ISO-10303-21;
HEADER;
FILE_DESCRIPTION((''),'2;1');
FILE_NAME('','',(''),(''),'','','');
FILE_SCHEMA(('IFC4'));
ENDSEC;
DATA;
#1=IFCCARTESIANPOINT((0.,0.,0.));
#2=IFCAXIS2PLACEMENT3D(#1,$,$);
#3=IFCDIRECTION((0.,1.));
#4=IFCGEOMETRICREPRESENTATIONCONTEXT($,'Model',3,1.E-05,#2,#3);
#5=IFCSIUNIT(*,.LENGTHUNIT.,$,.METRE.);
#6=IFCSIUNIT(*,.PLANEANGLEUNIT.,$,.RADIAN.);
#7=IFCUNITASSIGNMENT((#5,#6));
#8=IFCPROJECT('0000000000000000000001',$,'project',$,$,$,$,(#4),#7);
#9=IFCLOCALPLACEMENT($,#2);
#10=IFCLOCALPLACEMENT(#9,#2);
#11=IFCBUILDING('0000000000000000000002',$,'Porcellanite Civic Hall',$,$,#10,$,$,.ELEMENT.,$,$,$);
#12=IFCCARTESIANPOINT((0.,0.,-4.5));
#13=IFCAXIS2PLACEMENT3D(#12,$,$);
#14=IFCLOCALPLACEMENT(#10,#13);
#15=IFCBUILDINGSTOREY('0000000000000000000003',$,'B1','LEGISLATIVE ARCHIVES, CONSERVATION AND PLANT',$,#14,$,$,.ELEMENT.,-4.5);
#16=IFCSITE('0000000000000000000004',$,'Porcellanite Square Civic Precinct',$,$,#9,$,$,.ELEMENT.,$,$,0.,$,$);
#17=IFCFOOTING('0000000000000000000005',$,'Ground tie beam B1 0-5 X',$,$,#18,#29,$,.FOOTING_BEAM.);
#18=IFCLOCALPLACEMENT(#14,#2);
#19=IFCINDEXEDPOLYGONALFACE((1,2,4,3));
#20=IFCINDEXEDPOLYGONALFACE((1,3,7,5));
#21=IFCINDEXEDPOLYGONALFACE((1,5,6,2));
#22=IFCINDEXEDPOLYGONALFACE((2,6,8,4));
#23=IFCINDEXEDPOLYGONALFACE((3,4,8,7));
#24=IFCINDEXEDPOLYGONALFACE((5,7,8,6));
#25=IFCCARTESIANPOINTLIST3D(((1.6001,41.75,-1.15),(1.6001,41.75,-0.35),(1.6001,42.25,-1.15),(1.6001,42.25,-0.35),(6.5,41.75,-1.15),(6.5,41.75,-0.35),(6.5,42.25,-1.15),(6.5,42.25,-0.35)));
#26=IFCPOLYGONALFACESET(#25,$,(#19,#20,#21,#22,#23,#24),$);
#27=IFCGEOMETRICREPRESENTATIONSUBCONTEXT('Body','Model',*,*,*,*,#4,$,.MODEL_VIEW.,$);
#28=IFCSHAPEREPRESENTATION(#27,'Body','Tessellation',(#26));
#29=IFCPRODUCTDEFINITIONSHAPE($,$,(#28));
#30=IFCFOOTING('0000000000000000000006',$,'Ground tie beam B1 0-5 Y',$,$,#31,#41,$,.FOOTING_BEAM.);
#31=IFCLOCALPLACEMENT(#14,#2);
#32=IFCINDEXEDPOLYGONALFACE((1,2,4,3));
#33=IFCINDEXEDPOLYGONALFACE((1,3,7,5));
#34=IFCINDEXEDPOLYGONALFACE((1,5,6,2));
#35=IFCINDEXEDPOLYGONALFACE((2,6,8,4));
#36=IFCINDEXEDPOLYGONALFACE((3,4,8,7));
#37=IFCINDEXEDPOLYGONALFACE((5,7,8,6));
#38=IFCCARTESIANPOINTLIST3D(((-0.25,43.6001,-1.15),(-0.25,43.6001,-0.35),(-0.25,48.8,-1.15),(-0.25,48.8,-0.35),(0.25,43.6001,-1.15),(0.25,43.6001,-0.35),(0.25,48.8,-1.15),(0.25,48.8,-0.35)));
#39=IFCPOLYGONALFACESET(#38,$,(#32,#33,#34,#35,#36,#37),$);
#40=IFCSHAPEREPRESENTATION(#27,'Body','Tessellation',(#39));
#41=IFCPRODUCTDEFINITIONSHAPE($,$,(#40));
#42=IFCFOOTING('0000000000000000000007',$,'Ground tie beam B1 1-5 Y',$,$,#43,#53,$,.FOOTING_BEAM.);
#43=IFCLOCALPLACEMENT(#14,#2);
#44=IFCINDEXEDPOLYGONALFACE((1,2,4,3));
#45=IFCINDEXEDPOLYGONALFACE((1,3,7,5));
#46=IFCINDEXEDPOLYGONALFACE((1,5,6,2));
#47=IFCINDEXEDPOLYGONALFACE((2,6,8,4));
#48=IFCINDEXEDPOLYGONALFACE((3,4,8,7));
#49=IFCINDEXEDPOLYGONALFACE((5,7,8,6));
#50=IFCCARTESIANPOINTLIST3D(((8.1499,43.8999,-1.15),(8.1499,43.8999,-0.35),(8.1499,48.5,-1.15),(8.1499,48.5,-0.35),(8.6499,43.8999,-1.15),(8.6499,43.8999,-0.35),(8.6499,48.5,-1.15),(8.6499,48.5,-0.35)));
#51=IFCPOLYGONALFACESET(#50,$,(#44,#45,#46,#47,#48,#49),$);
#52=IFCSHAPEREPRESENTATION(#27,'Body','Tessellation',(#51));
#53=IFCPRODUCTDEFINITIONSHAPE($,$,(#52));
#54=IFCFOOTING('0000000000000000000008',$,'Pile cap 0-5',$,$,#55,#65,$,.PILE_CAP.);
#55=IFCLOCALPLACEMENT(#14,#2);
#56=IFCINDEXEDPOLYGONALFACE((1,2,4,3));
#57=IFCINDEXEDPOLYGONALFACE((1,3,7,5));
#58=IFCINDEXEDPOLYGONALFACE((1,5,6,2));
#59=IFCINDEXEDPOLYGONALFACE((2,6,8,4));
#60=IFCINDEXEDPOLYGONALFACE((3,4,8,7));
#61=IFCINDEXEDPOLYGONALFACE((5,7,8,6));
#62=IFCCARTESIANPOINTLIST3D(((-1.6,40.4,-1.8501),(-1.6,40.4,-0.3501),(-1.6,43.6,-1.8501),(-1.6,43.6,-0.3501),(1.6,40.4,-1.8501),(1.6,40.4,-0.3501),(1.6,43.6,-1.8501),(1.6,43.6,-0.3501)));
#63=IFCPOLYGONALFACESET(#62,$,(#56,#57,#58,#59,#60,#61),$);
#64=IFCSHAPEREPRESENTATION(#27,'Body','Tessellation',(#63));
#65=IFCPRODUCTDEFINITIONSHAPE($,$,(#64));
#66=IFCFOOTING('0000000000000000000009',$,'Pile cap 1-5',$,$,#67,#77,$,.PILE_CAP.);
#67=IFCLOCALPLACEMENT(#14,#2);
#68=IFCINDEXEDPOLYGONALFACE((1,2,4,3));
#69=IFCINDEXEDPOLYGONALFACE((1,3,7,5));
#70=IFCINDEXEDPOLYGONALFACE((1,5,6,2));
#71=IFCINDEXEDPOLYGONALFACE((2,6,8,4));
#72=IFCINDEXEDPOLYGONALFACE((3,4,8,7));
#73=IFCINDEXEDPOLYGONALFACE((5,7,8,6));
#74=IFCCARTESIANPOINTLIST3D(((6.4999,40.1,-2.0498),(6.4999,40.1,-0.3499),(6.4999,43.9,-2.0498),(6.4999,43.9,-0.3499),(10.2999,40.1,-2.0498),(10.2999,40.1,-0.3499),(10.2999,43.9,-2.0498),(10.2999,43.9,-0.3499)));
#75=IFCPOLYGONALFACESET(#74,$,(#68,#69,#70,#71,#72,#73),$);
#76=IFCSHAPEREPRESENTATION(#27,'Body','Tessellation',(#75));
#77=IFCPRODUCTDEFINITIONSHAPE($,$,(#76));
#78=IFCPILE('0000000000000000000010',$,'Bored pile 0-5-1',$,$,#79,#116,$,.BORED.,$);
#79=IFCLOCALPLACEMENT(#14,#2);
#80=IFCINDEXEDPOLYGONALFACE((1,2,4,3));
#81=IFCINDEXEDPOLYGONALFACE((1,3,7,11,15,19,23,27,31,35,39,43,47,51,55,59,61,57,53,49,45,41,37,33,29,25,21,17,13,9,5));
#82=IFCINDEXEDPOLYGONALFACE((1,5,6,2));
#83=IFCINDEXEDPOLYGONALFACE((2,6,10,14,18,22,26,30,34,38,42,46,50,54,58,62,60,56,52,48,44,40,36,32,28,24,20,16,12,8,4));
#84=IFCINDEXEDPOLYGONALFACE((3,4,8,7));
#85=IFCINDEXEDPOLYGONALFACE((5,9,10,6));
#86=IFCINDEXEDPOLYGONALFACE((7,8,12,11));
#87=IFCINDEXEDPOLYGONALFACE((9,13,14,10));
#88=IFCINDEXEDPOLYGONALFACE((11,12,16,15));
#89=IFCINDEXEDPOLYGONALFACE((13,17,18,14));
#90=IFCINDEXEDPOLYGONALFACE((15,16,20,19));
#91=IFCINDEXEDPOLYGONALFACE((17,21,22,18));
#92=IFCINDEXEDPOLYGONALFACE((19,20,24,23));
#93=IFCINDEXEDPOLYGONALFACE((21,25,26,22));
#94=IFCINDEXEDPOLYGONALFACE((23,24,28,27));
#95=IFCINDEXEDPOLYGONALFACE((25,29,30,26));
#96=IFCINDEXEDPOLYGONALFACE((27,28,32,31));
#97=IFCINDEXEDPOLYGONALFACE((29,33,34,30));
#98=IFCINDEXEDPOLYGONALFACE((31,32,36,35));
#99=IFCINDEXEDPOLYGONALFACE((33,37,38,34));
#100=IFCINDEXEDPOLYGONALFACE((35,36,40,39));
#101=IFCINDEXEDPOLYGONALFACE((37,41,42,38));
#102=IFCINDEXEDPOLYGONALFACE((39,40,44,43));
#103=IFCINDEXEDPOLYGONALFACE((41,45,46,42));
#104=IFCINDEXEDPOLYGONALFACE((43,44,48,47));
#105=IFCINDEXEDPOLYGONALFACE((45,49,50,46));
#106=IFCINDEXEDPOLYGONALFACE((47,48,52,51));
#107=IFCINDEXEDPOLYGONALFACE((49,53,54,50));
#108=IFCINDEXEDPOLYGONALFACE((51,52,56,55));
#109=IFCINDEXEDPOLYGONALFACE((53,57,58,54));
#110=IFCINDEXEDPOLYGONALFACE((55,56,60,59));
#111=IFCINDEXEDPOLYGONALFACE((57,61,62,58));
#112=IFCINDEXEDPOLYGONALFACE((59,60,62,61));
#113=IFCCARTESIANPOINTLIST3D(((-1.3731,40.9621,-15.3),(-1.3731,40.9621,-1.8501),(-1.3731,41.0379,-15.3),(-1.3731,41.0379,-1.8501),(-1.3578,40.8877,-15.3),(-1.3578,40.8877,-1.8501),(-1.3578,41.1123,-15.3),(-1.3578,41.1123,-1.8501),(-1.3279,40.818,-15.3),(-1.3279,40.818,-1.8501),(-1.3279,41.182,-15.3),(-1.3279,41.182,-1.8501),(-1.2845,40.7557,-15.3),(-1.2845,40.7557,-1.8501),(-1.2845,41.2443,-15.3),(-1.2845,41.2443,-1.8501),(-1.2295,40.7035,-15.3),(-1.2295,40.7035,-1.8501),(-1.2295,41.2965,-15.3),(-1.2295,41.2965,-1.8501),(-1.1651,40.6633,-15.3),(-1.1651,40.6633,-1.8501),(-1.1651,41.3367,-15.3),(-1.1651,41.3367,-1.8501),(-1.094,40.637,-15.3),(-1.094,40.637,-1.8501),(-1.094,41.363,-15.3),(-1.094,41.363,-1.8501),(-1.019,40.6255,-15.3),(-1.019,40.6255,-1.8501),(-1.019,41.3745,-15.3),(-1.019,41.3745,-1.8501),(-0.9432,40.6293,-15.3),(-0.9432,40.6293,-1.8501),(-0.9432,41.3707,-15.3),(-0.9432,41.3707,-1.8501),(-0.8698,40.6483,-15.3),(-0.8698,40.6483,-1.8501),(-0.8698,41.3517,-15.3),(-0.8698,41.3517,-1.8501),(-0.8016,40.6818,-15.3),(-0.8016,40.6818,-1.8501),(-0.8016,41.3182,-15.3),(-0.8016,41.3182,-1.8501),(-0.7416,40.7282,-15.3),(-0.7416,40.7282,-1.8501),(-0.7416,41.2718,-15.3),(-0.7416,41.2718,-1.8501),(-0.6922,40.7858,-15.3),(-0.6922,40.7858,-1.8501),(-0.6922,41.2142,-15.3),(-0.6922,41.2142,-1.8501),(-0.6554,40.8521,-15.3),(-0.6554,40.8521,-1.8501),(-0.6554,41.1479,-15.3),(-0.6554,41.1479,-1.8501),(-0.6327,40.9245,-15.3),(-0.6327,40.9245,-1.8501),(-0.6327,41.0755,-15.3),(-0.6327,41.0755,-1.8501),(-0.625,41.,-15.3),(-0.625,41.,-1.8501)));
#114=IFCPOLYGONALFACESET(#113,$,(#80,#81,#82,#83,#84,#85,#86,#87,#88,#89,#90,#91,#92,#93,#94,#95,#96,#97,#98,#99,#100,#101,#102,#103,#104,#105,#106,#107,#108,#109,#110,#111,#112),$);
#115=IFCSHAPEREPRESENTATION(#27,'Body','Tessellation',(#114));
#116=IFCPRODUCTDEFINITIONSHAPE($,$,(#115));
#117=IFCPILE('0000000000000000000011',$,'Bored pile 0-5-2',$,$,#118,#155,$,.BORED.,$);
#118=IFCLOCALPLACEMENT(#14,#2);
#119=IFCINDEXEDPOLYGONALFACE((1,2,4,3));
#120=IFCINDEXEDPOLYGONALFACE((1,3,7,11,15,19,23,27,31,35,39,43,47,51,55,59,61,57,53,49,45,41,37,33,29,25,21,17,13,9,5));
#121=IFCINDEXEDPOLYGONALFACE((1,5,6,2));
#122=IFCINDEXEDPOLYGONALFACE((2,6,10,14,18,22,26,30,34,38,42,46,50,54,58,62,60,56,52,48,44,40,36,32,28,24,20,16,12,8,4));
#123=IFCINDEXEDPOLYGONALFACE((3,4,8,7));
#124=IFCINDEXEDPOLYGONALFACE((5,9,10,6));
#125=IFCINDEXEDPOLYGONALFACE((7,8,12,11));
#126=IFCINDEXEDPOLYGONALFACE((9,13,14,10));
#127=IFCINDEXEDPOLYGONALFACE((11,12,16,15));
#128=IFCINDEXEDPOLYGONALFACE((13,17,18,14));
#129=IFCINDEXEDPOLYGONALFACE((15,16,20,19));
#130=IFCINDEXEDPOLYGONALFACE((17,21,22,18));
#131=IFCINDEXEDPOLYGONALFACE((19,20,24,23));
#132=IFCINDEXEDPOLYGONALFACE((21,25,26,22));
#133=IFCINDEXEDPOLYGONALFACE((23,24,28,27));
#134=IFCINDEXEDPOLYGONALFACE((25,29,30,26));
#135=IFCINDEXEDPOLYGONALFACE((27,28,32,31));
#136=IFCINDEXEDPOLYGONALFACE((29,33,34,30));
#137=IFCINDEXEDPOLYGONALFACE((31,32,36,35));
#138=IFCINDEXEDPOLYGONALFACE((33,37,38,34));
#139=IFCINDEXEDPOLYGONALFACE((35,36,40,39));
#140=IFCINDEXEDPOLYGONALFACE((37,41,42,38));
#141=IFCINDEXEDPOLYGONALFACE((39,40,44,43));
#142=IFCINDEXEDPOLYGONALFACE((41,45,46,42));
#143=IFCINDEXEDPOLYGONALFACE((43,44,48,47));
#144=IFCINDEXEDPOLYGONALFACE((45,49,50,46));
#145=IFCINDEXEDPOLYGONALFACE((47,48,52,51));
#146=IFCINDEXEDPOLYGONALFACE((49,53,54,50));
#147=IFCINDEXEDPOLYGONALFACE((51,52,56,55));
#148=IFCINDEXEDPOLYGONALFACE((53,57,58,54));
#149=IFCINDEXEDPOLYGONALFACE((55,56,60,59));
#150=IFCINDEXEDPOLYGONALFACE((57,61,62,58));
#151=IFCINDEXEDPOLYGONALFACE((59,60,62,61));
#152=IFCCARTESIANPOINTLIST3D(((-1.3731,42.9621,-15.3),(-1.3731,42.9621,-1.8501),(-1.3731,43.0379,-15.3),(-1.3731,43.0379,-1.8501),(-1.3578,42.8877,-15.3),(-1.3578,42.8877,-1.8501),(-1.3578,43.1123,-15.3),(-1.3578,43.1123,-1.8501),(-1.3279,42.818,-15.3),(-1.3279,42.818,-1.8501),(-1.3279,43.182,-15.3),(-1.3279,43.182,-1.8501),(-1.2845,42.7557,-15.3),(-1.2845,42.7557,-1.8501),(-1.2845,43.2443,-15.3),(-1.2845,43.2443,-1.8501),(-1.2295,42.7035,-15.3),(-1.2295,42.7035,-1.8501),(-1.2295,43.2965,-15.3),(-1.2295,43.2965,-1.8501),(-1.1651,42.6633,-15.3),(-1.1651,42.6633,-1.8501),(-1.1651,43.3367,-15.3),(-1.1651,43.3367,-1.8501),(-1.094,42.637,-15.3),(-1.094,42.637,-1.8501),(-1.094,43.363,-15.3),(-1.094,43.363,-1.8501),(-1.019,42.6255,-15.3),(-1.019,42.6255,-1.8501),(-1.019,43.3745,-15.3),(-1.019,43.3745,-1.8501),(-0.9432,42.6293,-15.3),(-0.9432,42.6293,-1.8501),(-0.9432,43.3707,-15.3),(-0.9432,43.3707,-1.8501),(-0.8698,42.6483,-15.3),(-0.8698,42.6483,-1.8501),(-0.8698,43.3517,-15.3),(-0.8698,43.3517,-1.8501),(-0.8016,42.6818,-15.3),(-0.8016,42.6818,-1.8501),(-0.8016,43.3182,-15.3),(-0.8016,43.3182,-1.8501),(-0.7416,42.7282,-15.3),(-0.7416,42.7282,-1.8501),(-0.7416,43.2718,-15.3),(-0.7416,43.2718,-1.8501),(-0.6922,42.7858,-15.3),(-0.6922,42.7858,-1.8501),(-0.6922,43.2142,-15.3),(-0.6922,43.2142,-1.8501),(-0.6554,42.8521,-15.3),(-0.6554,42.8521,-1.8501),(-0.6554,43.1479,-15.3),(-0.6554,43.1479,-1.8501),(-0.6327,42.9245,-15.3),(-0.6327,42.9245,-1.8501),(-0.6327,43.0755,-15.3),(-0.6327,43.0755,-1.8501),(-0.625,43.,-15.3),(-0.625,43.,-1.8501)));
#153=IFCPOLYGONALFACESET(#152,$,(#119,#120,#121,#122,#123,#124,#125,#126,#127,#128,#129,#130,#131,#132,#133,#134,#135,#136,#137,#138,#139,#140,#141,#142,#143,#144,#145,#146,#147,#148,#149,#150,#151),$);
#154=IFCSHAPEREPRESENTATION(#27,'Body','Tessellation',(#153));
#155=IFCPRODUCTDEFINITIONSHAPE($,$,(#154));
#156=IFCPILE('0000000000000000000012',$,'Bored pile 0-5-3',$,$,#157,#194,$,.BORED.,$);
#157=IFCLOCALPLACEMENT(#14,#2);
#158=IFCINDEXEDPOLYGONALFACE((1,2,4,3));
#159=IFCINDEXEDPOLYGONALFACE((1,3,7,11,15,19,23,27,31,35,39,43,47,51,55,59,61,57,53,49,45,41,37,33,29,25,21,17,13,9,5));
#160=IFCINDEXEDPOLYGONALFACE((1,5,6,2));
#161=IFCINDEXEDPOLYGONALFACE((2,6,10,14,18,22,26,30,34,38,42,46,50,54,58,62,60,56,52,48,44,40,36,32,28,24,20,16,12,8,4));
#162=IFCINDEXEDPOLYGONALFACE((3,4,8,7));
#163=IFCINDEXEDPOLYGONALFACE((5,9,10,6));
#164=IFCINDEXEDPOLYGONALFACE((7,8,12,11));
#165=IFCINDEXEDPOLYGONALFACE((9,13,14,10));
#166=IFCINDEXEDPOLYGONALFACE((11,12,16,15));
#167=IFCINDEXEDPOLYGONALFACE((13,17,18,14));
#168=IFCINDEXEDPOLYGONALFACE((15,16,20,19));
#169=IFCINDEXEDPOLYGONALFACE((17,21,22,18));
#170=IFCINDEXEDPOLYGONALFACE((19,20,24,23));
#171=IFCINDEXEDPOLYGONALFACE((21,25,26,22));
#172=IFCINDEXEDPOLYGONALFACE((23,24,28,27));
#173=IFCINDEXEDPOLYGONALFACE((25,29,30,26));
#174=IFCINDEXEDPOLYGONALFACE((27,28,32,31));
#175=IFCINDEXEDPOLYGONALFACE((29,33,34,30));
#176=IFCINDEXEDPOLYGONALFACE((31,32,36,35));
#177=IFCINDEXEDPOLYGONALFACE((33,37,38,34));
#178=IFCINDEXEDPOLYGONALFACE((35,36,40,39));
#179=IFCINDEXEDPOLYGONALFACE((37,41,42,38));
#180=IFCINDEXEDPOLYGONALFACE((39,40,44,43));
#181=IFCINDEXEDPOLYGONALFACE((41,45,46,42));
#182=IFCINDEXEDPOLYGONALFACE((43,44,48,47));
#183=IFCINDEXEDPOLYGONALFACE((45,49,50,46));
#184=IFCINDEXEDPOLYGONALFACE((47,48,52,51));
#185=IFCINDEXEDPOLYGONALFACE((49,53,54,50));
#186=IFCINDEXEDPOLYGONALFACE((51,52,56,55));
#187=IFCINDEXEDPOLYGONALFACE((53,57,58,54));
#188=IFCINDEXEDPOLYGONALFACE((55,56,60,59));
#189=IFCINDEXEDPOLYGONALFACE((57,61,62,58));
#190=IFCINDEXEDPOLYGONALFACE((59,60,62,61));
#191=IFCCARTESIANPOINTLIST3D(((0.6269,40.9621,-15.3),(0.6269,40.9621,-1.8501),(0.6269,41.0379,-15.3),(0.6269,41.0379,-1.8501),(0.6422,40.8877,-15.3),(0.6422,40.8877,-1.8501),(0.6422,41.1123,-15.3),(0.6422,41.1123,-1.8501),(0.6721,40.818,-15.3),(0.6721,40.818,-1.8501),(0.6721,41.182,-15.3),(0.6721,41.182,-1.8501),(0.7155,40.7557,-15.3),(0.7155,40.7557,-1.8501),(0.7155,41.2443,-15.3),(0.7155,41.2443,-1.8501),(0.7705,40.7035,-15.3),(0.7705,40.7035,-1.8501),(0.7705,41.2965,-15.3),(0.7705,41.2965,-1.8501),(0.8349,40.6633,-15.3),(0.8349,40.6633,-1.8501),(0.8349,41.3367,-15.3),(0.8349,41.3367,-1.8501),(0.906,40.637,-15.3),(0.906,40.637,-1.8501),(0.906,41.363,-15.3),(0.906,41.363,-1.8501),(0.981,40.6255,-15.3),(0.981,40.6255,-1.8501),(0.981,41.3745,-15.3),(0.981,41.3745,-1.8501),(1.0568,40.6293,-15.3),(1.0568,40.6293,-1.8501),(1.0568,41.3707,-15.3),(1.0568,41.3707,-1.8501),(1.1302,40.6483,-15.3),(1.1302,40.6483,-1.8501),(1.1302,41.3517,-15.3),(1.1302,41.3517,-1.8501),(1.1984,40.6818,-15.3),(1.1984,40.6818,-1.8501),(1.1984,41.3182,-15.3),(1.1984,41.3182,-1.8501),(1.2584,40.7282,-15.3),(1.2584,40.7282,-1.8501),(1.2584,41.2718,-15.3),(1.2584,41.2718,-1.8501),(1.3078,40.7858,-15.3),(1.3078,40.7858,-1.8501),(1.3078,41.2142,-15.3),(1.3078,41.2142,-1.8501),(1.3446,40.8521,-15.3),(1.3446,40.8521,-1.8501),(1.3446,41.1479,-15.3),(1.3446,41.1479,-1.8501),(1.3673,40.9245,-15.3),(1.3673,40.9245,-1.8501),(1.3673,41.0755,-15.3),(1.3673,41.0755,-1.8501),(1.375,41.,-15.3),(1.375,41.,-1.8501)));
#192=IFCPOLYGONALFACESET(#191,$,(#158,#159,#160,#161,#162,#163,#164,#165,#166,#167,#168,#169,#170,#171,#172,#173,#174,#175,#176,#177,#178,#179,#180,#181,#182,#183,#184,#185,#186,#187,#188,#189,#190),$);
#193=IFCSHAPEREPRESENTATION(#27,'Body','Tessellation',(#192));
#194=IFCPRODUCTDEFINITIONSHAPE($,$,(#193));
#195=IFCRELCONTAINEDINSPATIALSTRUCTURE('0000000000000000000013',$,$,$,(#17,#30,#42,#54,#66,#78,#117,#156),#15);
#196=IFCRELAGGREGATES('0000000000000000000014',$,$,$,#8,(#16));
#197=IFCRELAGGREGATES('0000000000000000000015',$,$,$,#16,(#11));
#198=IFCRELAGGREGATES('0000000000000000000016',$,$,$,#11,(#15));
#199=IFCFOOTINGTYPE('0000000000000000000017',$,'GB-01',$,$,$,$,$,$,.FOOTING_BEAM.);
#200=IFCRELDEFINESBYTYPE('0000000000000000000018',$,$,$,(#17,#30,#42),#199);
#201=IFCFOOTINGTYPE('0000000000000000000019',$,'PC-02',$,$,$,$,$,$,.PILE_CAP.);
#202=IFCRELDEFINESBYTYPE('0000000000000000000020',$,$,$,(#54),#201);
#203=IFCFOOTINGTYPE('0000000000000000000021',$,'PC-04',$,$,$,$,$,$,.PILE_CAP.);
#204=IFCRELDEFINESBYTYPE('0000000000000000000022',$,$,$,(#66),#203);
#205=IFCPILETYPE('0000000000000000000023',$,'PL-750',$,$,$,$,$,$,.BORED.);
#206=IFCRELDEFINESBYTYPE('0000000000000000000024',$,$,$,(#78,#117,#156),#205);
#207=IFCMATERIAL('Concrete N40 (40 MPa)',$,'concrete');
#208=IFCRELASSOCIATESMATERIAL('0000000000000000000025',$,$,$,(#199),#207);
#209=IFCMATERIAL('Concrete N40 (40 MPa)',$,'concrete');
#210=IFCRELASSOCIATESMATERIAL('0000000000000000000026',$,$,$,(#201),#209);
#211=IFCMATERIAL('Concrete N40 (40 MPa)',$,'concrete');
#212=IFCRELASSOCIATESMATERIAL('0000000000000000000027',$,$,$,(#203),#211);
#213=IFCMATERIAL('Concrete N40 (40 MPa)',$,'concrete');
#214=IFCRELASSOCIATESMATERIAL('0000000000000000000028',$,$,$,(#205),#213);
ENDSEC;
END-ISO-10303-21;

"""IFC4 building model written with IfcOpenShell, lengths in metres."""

from ifc_helpers import new_model, si_unit, direction, frame, origin, origin_2d, place, context, subcontext, project, spatial, rectangle, circle, extrude, material, material_profile, profile_set, type_object, element, save


model = new_model("IFC4")

# Units and contexts
model_context = context("Model", 3, precision=1e-05, world=origin(), true_north=direction((0.0, 1.0)))
body_context = subcontext(model_context, "Body", "Model", "MODEL_VIEW")
ifc_project = project(units=[si_unit("LENGTHUNIT", "METRE"), si_unit("PLANEANGLEUNIT", "RADIAN")], contexts=[model_context])

# Site, building, storey
site_placement = place(None, origin())
site = spatial("IfcSite", under=ifc_project, at=site_placement, Name="Porcellanite Square Civic Precinct", CompositionType="ELEMENT", RefElevation=0.0)
building_placement = place(site_placement, origin())
building = spatial("IfcBuilding", under=site, at=building_placement, Name="Porcellanite Civic Hall", CompositionType="ELEMENT")
storey_placement = place(building_placement, frame((0.0, 0.0, -4.5)))
storey = spatial("IfcBuildingStorey", under=building, at=storey_placement, Name="B1", Description="LEGISLATIVE ARCHIVES, CONSERVATION AND PLANT", CompositionType="ELEMENT", Elevation=-4.5)

# Footings
ifc_material_1 = material(Name="Concrete N40 (40 MPa)", Category="concrete")
ifc_material_profile_1 = material_profile(ifc_material_1, rectangle(XDim=0.5, YDim=0.8, at=origin_2d()), Name="RC-500x800")
ifc_profile_set_1 = profile_set([ifc_material_profile_1], Name="Concrete N40 (40 MPa)")
footing_type_1 = type_object("IfcFootingType", Name="GB-01", PredefinedType="FOOTING_BEAM", material=ifc_profile_set_1)
footing_1_placement = place(storey_placement, frame((1.6001, 42.0, -0.75), z_axis=(1.0, 0.0, 0.0), x_axis=(0.0, 1.0, 0.0)))
element("IfcFooting", 1, at=footing_1_placement, inside=storey, type_object=footing_type_1, Name="Ground tie beam B1 0-5 X", PredefinedType="FOOTING_BEAM", context=body_context, shape_type="SweptSolid", body=[
    extrude(rectangle(XDim=0.5, YDim=0.8, at=origin_2d()), origin(), (0.0, 0.0, 1.0), 4.8999),
])
footing_2_placement = place(storey_placement, frame((0.0, 43.6001, -0.75), z_axis=(0.0, 1.0, 0.0), x_axis=(-1.0, 0.0, 0.0)))
element("IfcFooting", 2, at=footing_2_placement, inside=storey, type_object=footing_type_1, Name="Ground tie beam B1 0-5 Y", PredefinedType="FOOTING_BEAM", context=body_context, shape_type="SweptSolid", body=[
    extrude(rectangle(XDim=0.5, YDim=0.8, at=origin_2d()), origin(), (0.0, 0.0, 1.0), 5.2),
])
footing_3_placement = place(storey_placement, frame((8.3999, 43.8999, -0.75), z_axis=(0.0, 1.0, 0.0), x_axis=(-1.0, 0.0, 0.0)))
element("IfcFooting", 3, at=footing_3_placement, inside=storey, type_object=footing_type_1, Name="Ground tie beam B1 1-5 Y", PredefinedType="FOOTING_BEAM", context=body_context, shape_type="SweptSolid", body=[
    extrude(rectangle(XDim=0.5, YDim=0.8, at=origin_2d()), origin(), (0.0, 0.0, 1.0), 4.6001),
])
ifc_material_2 = material(Name="Concrete N40 (40 MPa)", Category="concrete")
footing_type_2 = type_object("IfcFootingType", Name="PC-02", PredefinedType="PILE_CAP", material=ifc_material_2)
footing_4_placement = place(storey_placement, frame((0.0, 42.0, -1.8501), z_axis=(0.0, 0.0, 1.0), x_axis=(1.0, 0.0, 0.0)))
element("IfcFooting", 4, at=footing_4_placement, inside=storey, type_object=footing_type_2, Name="Pile cap 0-5", PredefinedType="PILE_CAP", context=body_context, shape_type="SweptSolid", body=[
    extrude(rectangle(XDim=3.2, YDim=3.2, at=origin_2d()), origin(), (0.0, 0.0, 1.0), 1.5),
])
ifc_material_3 = material(Name="Concrete N40 (40 MPa)", Category="concrete")
footing_type_3 = type_object("IfcFootingType", Name="PC-04", PredefinedType="PILE_CAP", material=ifc_material_3)
footing_5_placement = place(storey_placement, frame((8.3999, 42.0, -2.0498), z_axis=(0.0, 0.0, 1.0), x_axis=(1.0, 0.0, 0.0)))
element("IfcFooting", 5, at=footing_5_placement, inside=storey, type_object=footing_type_3, Name="Pile cap 1-5", PredefinedType="PILE_CAP", context=body_context, shape_type="SweptSolid", body=[
    extrude(rectangle(XDim=3.8, YDim=3.8, at=origin_2d()), origin(), (0.0, 0.0, 1.0), 1.7),
])

# Piles
ifc_material_4 = material(Name="Concrete N40 (40 MPa)", Category="concrete")
ifc_material_profile_2 = material_profile(ifc_material_4, circle(Radius=0.375, at=origin_2d()), Name="PILE-D750")
ifc_profile_set_2 = profile_set([ifc_material_profile_2], Name="Concrete N40 (40 MPa)")
pile_type_1 = type_object("IfcPileType", Name="PL-750", PredefinedType="BORED", material=ifc_profile_set_2)
for number, where, z_axis, x_axis, name in (
    (6, (-1.0, 41.0, -1.8501), (0.0, 0.0, -1.0), (1.0, 0.0, 0.0), "Bored pile 0-5-1"),
    (7, (-1.0, 43.0, -1.8501), (0.0, 0.0, -1.0), (1.0, 0.0, 0.0), "Bored pile 0-5-2"),
    (8, (1.0, 41.0, -1.8501), (0.0, 0.0, -1.0), (1.0, 0.0, 0.0), "Bored pile 0-5-3"),
):
    element("IfcPile", number, at=place(storey_placement, frame(where, z_axis=z_axis, x_axis=x_axis)), inside=storey, type_object=pile_type_1, Name=name, PredefinedType="BORED", context=body_context, shape_type="SweptSolid", body=[
        extrude(circle(Radius=0.375, at=origin_2d()), origin(), (0.0, 0.0, 1.0), 13.45),
    ])

save(model, "model.ifc")
